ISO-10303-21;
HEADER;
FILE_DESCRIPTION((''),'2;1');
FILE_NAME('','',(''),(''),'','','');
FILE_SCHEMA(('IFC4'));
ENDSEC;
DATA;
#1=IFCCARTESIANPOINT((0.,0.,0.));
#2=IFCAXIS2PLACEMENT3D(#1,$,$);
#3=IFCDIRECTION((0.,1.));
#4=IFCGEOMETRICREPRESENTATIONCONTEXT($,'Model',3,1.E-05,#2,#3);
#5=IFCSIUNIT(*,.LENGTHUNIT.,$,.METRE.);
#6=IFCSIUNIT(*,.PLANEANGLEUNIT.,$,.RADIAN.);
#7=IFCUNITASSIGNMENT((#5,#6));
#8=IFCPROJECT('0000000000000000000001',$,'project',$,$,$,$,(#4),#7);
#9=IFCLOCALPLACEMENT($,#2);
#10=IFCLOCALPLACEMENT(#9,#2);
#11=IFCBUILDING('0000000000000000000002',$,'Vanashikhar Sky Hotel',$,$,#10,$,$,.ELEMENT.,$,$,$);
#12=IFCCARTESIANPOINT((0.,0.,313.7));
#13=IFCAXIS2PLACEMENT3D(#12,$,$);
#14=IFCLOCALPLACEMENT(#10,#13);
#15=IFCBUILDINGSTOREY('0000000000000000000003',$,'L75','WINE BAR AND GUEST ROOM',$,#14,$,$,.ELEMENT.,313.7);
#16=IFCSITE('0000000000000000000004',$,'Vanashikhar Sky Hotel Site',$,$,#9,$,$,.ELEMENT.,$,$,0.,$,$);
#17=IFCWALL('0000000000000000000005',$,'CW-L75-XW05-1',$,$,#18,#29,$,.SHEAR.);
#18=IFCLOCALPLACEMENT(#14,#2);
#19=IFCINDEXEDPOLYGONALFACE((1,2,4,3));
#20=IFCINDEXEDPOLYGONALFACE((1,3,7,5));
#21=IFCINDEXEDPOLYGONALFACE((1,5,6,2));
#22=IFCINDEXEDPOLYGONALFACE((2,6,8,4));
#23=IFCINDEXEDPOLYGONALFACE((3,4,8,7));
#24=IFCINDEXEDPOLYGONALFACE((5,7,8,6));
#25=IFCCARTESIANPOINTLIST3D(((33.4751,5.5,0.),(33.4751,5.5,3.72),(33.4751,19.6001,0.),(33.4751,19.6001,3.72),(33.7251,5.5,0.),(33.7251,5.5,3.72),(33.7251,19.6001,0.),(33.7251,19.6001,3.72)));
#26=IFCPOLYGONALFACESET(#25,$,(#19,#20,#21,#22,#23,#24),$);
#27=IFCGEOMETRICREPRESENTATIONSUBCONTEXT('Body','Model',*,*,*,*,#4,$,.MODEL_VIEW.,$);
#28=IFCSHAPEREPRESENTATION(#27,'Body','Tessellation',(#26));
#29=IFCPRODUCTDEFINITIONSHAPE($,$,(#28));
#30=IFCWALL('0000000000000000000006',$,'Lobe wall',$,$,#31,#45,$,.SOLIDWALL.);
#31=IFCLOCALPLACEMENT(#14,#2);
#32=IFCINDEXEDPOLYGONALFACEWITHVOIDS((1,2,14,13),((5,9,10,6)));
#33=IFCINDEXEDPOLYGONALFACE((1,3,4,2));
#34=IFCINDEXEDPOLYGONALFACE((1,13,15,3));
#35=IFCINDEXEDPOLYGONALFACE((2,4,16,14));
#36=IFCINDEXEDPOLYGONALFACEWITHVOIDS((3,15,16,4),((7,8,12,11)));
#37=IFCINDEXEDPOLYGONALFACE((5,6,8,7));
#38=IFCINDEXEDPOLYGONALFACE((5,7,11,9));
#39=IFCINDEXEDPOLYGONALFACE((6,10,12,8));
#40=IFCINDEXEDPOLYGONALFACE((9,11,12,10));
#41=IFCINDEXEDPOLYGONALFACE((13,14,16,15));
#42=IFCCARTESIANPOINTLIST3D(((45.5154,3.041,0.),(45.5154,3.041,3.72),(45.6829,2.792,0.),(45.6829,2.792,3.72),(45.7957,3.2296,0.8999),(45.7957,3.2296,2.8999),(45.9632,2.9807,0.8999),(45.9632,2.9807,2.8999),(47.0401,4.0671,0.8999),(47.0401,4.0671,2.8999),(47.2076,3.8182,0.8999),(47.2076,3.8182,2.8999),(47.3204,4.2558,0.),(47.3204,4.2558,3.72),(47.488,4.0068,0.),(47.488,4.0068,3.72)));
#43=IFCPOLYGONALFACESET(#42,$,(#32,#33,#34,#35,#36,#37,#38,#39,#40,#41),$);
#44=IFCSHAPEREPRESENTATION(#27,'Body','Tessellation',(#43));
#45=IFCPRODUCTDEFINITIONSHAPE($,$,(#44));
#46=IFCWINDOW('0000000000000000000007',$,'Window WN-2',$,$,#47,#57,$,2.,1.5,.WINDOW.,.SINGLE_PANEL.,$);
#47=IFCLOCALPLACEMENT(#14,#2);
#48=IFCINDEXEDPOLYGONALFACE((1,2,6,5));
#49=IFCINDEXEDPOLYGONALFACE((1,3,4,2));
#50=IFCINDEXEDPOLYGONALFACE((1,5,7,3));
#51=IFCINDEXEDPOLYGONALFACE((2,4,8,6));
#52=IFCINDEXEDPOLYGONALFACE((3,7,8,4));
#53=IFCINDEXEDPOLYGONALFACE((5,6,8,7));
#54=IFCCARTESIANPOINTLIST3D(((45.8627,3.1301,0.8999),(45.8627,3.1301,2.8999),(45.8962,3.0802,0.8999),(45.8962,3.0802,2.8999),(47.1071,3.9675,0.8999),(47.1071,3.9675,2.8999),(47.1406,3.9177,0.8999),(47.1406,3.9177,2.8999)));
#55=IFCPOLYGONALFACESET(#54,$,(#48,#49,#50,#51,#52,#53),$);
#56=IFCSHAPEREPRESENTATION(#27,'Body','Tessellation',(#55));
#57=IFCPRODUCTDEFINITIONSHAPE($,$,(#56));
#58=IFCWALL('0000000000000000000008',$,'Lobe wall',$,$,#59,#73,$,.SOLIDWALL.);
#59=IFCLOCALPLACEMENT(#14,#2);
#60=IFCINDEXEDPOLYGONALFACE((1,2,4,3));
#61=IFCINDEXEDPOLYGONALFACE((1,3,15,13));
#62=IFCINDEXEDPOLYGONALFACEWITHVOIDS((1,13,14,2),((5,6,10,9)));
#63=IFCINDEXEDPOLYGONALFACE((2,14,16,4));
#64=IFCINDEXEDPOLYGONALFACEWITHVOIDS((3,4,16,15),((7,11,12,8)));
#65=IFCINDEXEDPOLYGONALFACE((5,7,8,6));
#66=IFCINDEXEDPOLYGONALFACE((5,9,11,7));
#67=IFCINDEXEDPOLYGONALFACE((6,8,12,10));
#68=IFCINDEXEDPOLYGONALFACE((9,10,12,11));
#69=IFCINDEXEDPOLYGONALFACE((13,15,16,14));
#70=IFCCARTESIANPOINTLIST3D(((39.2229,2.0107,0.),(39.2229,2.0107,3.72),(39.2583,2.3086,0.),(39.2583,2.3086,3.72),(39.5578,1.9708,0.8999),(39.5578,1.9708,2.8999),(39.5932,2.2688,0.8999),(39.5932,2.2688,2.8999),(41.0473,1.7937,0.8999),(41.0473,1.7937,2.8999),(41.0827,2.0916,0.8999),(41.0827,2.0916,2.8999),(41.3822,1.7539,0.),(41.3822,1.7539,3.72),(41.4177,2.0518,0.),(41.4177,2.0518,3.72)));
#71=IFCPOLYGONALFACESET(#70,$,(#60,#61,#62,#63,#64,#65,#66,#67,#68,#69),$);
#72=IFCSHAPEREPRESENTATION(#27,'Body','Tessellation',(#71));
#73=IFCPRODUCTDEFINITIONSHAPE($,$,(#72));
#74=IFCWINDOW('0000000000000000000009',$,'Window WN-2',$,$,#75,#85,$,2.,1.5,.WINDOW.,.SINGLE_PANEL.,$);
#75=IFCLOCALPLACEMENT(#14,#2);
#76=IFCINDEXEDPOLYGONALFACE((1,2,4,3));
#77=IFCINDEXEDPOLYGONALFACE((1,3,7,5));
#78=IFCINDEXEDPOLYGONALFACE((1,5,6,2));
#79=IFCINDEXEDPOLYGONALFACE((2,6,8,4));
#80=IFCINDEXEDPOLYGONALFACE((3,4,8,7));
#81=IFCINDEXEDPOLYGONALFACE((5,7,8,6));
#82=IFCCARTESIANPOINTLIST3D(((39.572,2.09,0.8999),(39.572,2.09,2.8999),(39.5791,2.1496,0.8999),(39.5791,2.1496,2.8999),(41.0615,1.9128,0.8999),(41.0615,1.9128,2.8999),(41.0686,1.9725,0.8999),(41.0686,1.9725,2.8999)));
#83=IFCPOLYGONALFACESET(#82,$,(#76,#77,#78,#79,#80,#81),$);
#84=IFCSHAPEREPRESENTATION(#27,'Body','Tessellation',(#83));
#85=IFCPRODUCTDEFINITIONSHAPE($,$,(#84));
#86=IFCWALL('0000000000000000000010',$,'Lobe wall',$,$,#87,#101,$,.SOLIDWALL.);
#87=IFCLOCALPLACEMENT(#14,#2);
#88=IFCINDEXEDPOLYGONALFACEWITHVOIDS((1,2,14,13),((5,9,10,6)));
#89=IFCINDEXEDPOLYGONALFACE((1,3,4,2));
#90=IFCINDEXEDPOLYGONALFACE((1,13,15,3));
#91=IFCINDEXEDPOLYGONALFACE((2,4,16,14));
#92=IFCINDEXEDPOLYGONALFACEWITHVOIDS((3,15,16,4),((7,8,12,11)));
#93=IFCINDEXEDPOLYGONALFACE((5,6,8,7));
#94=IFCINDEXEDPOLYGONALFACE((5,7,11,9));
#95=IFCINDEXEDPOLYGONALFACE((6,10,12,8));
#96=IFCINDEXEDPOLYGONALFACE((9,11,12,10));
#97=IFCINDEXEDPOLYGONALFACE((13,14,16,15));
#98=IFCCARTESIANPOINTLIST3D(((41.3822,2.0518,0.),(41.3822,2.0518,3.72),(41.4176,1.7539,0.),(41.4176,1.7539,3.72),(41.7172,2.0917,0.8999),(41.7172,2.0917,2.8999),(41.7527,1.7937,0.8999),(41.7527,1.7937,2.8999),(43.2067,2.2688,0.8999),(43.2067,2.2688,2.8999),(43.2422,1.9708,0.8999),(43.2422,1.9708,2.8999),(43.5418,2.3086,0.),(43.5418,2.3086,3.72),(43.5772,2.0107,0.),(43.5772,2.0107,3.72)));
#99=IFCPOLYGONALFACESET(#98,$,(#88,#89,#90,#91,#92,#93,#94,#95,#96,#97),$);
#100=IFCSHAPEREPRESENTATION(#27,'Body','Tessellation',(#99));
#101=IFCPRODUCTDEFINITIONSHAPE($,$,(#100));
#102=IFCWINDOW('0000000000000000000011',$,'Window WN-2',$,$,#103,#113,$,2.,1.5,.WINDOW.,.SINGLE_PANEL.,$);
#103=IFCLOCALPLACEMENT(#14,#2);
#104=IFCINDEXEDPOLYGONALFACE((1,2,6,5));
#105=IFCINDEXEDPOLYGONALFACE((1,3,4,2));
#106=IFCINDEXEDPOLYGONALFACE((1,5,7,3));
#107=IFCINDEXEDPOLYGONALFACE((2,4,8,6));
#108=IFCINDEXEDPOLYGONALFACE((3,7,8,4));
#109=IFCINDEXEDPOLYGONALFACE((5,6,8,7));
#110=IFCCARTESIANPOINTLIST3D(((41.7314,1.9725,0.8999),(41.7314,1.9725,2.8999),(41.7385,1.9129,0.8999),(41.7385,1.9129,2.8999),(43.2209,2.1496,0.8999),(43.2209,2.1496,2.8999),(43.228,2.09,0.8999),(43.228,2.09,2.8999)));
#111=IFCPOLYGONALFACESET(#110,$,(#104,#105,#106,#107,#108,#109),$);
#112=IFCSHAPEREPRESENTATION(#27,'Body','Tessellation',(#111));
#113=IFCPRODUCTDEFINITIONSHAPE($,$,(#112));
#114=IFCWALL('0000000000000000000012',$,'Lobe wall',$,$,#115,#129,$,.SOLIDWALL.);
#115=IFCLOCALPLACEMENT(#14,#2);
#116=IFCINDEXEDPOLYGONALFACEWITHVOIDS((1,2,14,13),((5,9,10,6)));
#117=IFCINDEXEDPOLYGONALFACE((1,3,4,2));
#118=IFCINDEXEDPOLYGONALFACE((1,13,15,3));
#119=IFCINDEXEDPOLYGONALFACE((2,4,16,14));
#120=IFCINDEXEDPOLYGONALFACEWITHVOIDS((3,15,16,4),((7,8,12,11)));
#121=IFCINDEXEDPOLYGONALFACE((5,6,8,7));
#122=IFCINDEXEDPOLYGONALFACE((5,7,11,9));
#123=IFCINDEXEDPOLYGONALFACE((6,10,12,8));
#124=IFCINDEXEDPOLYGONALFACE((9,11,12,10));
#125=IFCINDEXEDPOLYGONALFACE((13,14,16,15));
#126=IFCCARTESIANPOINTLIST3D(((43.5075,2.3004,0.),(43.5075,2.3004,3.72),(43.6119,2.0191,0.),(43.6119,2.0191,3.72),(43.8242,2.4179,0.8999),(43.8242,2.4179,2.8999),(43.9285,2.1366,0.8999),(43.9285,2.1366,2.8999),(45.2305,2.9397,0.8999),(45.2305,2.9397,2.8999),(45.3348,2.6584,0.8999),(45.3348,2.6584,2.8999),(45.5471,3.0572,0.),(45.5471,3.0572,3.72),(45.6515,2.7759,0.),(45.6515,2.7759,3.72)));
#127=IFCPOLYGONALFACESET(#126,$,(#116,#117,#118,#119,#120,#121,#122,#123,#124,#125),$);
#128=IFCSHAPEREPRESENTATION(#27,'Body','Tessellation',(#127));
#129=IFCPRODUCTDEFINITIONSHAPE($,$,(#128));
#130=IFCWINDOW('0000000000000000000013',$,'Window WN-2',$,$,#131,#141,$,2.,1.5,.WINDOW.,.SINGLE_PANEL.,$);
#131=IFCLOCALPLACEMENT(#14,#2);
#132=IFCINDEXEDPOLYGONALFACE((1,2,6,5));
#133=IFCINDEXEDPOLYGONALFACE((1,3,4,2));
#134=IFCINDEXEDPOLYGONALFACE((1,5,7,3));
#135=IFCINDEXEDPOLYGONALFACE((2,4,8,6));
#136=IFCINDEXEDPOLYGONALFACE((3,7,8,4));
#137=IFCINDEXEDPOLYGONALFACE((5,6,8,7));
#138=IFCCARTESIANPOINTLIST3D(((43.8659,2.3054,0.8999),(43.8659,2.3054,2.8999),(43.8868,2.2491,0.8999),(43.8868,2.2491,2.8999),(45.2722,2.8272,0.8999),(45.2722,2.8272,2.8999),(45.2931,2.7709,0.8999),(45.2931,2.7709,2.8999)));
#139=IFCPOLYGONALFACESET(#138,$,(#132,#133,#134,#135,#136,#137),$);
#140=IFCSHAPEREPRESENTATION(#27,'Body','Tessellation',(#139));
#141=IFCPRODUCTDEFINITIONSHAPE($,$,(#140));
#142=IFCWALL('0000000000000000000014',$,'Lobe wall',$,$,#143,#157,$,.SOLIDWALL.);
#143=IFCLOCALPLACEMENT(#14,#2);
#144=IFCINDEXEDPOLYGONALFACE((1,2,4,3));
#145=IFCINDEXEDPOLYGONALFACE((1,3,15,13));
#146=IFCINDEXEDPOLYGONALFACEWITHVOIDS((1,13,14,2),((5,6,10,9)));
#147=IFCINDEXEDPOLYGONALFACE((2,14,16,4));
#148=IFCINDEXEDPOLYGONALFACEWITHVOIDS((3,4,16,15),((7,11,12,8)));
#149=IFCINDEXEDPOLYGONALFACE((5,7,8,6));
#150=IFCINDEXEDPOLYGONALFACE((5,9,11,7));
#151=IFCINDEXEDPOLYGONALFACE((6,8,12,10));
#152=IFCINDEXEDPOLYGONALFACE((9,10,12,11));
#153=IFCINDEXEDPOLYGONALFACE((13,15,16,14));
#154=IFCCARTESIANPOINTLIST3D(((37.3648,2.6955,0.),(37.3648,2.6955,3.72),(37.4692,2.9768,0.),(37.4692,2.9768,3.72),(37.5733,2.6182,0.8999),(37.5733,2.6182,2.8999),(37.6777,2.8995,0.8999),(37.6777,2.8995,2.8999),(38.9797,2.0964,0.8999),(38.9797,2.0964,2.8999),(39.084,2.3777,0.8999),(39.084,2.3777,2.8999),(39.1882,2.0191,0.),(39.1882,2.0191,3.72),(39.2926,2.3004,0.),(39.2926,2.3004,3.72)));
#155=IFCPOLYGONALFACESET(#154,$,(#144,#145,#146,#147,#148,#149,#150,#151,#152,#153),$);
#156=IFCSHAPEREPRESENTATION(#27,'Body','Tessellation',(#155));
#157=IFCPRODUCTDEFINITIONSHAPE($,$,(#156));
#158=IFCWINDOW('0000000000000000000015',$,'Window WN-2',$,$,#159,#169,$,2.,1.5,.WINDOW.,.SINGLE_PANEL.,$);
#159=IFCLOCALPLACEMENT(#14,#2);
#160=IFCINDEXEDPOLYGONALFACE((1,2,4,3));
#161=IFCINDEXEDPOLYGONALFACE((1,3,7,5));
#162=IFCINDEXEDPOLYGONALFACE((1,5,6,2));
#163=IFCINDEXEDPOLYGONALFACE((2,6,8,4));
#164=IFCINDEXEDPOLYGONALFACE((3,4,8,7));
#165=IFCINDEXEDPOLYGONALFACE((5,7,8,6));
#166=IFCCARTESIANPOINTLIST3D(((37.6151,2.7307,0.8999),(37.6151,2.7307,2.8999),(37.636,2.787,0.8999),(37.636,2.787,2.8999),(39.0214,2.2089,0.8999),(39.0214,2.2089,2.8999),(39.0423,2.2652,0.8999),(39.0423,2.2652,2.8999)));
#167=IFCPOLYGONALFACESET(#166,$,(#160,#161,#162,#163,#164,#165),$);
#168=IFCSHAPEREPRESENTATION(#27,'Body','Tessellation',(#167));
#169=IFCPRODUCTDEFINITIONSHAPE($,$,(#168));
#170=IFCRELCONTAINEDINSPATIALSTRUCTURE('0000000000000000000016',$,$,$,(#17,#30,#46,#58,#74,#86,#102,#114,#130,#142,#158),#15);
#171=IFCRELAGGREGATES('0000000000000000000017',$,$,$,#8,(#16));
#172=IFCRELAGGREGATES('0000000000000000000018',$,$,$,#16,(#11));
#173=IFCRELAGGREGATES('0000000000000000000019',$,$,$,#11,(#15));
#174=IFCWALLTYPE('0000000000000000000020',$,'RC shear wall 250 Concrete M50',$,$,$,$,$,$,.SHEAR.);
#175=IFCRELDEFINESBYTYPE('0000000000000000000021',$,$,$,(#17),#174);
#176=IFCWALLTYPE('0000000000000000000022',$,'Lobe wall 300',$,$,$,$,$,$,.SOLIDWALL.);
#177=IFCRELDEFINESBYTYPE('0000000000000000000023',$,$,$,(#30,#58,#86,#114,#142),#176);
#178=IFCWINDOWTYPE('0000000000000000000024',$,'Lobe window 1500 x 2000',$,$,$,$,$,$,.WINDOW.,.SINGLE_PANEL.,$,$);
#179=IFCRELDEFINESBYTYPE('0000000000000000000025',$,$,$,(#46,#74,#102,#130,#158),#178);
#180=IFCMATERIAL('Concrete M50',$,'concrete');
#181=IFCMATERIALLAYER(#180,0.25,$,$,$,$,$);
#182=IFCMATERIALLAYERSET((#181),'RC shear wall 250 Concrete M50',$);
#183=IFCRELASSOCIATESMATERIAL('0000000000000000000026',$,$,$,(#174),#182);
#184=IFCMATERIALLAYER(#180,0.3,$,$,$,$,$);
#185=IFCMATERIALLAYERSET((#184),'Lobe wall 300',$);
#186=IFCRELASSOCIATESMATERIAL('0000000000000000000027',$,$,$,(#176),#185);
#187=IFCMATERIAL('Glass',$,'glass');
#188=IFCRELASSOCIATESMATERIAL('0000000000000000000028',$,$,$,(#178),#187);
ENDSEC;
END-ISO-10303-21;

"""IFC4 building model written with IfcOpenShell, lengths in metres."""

from ifc_helpers import new_model, si_unit, direction, frame, frame_2d, origin, place, context, subcontext, project, spatial, rectangle, extrude, source, transform, mapped, material, layer, layer_set, type_object, element, fill, save


model = new_model("IFC4")

# Units and contexts
model_context = context("Model", 3, precision=1e-05, world=origin(), true_north=direction((0.0, 1.0)))
body_context = subcontext(model_context, "Body", "Model", "MODEL_VIEW")
ifc_project = project(units=[si_unit("LENGTHUNIT", "METRE"), si_unit("PLANEANGLEUNIT", "RADIAN")], contexts=[model_context])

# Site, building, storey
site_placement = place(None, origin())
site = spatial("IfcSite", under=ifc_project, at=site_placement, Name="Vanashikhar Sky Hotel Site", CompositionType="ELEMENT", RefElevation=0.0)
building_placement = place(site_placement, origin())
building = spatial("IfcBuilding", under=site, at=building_placement, Name="Vanashikhar Sky Hotel", CompositionType="ELEMENT")
storey_placement = place(building_placement, frame((0.0, 0.0, 313.7)))
storey = spatial("IfcBuildingStorey", under=building, at=storey_placement, Name="L75", Description="WINE BAR AND GUEST ROOM", CompositionType="ELEMENT", Elevation=313.7)

# Wall
ifc_material_1 = material(Name="Concrete M50", Category="concrete")
ifc_layer_1 = layer(ifc_material_1, 0.25)
ifc_layer_set_1 = layer_set([ifc_layer_1], Name="RC shear wall 250 Concrete M50")
wall_type_1 = type_object("IfcWallType", Name="RC shear wall 250 Concrete M50", PredefinedType="SHEAR", material=ifc_layer_set_1)
shared_shape_1 = source(origin(), body_context, "Body", "SweptSolid", [
    extrude(rectangle(XDim=14.1001, YDim=0.25, at=frame_2d((7.05, 0.0))), origin(), (0.0, 0.0, 1.0), 3.72),
])
wall_1_placement = place(storey_placement, frame((33.6001, 5.5, 0.0), z_axis=(0.0, 0.0, 1.0), x_axis=(0.0, 1.0, 0.0)))
element("IfcWall", 1, at=wall_1_placement, inside=storey, type_object=wall_type_1, Name="CW-L75-XW05-1", PredefinedType="SHEAR", context=body_context, shape_type="MappedRepresentation", body=[
    mapped(shared_shape_1, transform((0.0, 0.0, 0.0), scale=1.0)),
])

# Walls, openings, windows
ifc_layer_2 = layer(ifc_material_1, 0.3)
ifc_layer_set_2 = layer_set([ifc_layer_2], Name="Lobe wall 300")
wall_type_2 = type_object("IfcWallType", Name="Lobe wall 300", PredefinedType="SOLIDWALL", material=ifc_layer_set_2)
shared_shape_2 = source(origin(), body_context, "Body", "SweptSolid", [
    extrude(rectangle(XDim=2.1758, YDim=0.3, at=frame_2d((1.0879, 0.0))), origin(), (0.0, 0.0, 1.0), 3.72),
])
wall_2_placement = place(storey_placement, frame((45.5991, 2.9165, 0.0), z_axis=(0.0, 0.0, 1.0), x_axis=(0.829626, 0.55832, 0.0)))
wall_2 = element("IfcWall", 2, at=wall_2_placement, inside=storey, type_object=wall_type_2, Name="Lobe wall", PredefinedType="SOLIDWALL", context=body_context, shape_type="MappedRepresentation", body=[
    mapped(shared_shape_2, transform((0.0, 0.0, 0.0), scale=1.0)),
])
shared_shape_3 = source(origin(), body_context, "Body", "SweptSolid", [
    extrude(rectangle(XDim=1.5, YDim=2.0, at=frame_2d((0.75, 1.0))), frame((0.0, 0.1602, 0.0), z_axis=(0.0, -1.0, 0.0), x_axis=(1.0, 0.0, 0.0)), (0.0, 0.0, 1.0), 0.3201),
])
opening_1_placement = place(wall_2_placement, frame((0.3379, 0.0, 0.8999)))
opening_1 = element("IfcOpeningElement", 3, at=opening_1_placement, cuts=wall_2, PredefinedType="OPENING", context=body_context, shape_type="MappedRepresentation", body=[
    mapped(shared_shape_3, transform((0.0, 0.0, 0.0), scale=1.0)),
])
ifc_material_2 = material(Name="Glass", Category="glass")
window_type = type_object("IfcWindowType", Name="Lobe window 1500 x 2000", PartitioningType="SINGLE_PANEL", PredefinedType="WINDOW", material=ifc_material_2)
shared_shape_4 = source(origin(), body_context, "Body", "SweptSolid", [
    extrude(rectangle(XDim=1.5, YDim=2.0, at=frame_2d((0.75, 1.0))), frame((0.0, 0.03, 0.0), z_axis=(0.0, -1.0, 0.0), x_axis=(1.0, 0.0, 0.0)), (0.0, 0.0, 1.0), 0.0601),
])
window_1_placement = place(opening_1_placement, origin())
window_1 = element("IfcWindow", 4, at=window_1_placement, inside=storey, type_object=window_type, Name="Window WN-2", OverallHeight=2.0, OverallWidth=1.5, PartitioningType="SINGLE_PANEL", PredefinedType="WINDOW", context=body_context, shape_type="MappedRepresentation", body=[
    mapped(shared_shape_4, transform((0.0, 0.0, 0.0), scale=1.0)),
])
fill(opening_1, window_1)
shared_shape_5 = source(origin(), body_context, "Body", "SweptSolid", [
    extrude(rectangle(XDim=2.1746, YDim=0.3, at=frame_2d((1.0874, 0.0))), origin(), (0.0, 0.0, 1.0), 3.72),
])
wall_3_placement = place(storey_placement, frame((39.2405, 2.1597, 0.0), z_axis=(0.0, 0.0, 1.0), x_axis=(0.993001, -0.118105, 0.0)))
wall_3 = element("IfcWall", 5, at=wall_3_placement, inside=storey, type_object=wall_type_2, Name="Lobe wall", PredefinedType="SOLIDWALL", context=body_context, shape_type="MappedRepresentation", body=[
    mapped(shared_shape_5, transform((0.0, 0.0, 0.0), scale=1.0)),
])
opening_2_placement = place(wall_3_placement, frame((0.3374, 0.0, 0.8999)))
opening_2 = element("IfcOpeningElement", 6, at=opening_2_placement, cuts=wall_3, PredefinedType="OPENING", context=body_context, shape_type="MappedRepresentation", body=[
    mapped(shared_shape_3, transform((0.0, 0.0, 0.0), scale=1.0)),
])
window_2_placement = place(opening_2_placement, origin())
window_2 = element("IfcWindow", 7, at=window_2_placement, inside=storey, type_object=window_type, Name="Window WN-2", OverallHeight=2.0, OverallWidth=1.5, PartitioningType="SINGLE_PANEL", PredefinedType="WINDOW", context=body_context, shape_type="MappedRepresentation", body=[
    mapped(shared_shape_4, transform((0.0, 0.0, 0.0), scale=1.0)),
])
fill(opening_2, window_2)
shared_shape_6 = source(origin(), body_context, "Body", "SweptSolid", [
    extrude(rectangle(XDim=2.1748, YDim=0.3, at=frame_2d((1.0874, 0.0))), origin(), (0.0, 0.0, 1.0), 3.72),
])
wall_4_placement = place(storey_placement, frame((41.3999, 1.9028, 0.0), z_axis=(0.0, 0.0, 1.0), x_axis=(0.993003, 0.118092, 0.0)))
wall_4 = element("IfcWall", 8, at=wall_4_placement, inside=storey, type_object=wall_type_2, Name="Lobe wall", PredefinedType="SOLIDWALL", context=body_context, shape_type="MappedRepresentation", body=[
    mapped(shared_shape_6, transform((0.0, 0.0, 0.0), scale=1.0)),
])
opening_3_placement = place(wall_4_placement, frame((0.3374, 0.0, 0.8999)))
opening_3 = element("IfcOpeningElement", 9, at=opening_3_placement, cuts=wall_4, PredefinedType="OPENING", context=body_context, shape_type="MappedRepresentation", body=[
    mapped(shared_shape_3, transform((0.0, 0.0, 0.0), scale=1.0)),
])
window_3_placement = place(opening_3_placement, origin())
window_3 = element("IfcWindow", 10, at=window_3_placement, inside=storey, type_object=window_type, Name="Window WN-2", OverallHeight=2.0, OverallWidth=1.5, PartitioningType="SINGLE_PANEL", PredefinedType="WINDOW", context=body_context, shape_type="MappedRepresentation", body=[
    mapped(shared_shape_4, transform((0.0, 0.0, 0.0), scale=1.0)),
])
fill(opening_3, window_3)
shared_shape_7 = source(origin(), body_context, "Body", "SweptSolid", [
    extrude(rectangle(XDim=2.1755, YDim=0.3, at=frame_2d((1.0879, 0.0))), origin(), (0.0, 0.0, 1.0), 3.72),
])
wall_5_placement = place(storey_placement, frame((43.5596, 2.1597, 0.0), z_axis=(0.0, 0.0, 1.0), x_axis=(0.937532, 0.347899, 0.0)))
wall_5 = element("IfcWall", 11, at=wall_5_placement, inside=storey, type_object=wall_type_2, Name="Lobe wall", PredefinedType="SOLIDWALL", context=body_context, shape_type="MappedRepresentation", body=[
    mapped(shared_shape_7, transform((0.0, 0.0, 0.0), scale=1.0)),
])
opening_4_placement = place(wall_5_placement, frame((0.3379, 0.0, 0.8999)))
opening_4 = element("IfcOpeningElement", 12, at=opening_4_placement, cuts=wall_5, PredefinedType="OPENING", context=body_context, shape_type="MappedRepresentation", body=[
    mapped(shared_shape_3, transform((0.0, 0.0, 0.0), scale=1.0)),
])
window_4_placement = place(opening_4_placement, origin())
window_4 = element("IfcWindow", 13, at=window_4_placement, inside=storey, type_object=window_type, Name="Window WN-2", OverallHeight=2.0, OverallWidth=1.5, PartitioningType="SINGLE_PANEL", PredefinedType="WINDOW", context=body_context, shape_type="MappedRepresentation", body=[
    mapped(shared_shape_4, transform((0.0, 0.0, 0.0), scale=1.0)),
])
fill(opening_4, window_4)
shared_shape_8 = source(origin(), body_context, "Body", "SweptSolid", [
    extrude(rectangle(XDim=1.9448, YDim=0.3, at=frame_2d((0.9724, 0.0))), origin(), (0.0, 0.0, 1.0), 3.72),
])
wall_6_placement = place(storey_placement, frame((37.417, 2.8362, 0.0), z_axis=(0.0, 0.0, 1.0), x_axis=(0.937556, -0.347834, 0.0)))
wall_6 = element("IfcWall", 14, at=wall_6_placement, inside=storey, type_object=wall_type_2, Name="Lobe wall", PredefinedType="SOLIDWALL", context=body_context, shape_type="MappedRepresentation", body=[
    mapped(shared_shape_8, transform((0.0, 0.0, 0.0), scale=1.0)),
])
opening_5_placement = place(wall_6_placement, frame((0.2224, 0.0, 0.8999)))
opening_5 = element("IfcOpeningElement", 15, at=opening_5_placement, cuts=wall_6, PredefinedType="OPENING", context=body_context, shape_type="MappedRepresentation", body=[
    mapped(shared_shape_3, transform((0.0, 0.0, 0.0), scale=1.0)),
])
window_5_placement = place(opening_5_placement, origin())
window_5 = element("IfcWindow", 16, at=window_5_placement, inside=storey, type_object=window_type, Name="Window WN-2", OverallHeight=2.0, OverallWidth=1.5, PartitioningType="SINGLE_PANEL", PredefinedType="WINDOW", context=body_context, shape_type="MappedRepresentation", body=[
    mapped(shared_shape_4, transform((0.0, 0.0, 0.0), scale=1.0)),
])
fill(opening_5, window_5)

save(model, "model.ifc")
